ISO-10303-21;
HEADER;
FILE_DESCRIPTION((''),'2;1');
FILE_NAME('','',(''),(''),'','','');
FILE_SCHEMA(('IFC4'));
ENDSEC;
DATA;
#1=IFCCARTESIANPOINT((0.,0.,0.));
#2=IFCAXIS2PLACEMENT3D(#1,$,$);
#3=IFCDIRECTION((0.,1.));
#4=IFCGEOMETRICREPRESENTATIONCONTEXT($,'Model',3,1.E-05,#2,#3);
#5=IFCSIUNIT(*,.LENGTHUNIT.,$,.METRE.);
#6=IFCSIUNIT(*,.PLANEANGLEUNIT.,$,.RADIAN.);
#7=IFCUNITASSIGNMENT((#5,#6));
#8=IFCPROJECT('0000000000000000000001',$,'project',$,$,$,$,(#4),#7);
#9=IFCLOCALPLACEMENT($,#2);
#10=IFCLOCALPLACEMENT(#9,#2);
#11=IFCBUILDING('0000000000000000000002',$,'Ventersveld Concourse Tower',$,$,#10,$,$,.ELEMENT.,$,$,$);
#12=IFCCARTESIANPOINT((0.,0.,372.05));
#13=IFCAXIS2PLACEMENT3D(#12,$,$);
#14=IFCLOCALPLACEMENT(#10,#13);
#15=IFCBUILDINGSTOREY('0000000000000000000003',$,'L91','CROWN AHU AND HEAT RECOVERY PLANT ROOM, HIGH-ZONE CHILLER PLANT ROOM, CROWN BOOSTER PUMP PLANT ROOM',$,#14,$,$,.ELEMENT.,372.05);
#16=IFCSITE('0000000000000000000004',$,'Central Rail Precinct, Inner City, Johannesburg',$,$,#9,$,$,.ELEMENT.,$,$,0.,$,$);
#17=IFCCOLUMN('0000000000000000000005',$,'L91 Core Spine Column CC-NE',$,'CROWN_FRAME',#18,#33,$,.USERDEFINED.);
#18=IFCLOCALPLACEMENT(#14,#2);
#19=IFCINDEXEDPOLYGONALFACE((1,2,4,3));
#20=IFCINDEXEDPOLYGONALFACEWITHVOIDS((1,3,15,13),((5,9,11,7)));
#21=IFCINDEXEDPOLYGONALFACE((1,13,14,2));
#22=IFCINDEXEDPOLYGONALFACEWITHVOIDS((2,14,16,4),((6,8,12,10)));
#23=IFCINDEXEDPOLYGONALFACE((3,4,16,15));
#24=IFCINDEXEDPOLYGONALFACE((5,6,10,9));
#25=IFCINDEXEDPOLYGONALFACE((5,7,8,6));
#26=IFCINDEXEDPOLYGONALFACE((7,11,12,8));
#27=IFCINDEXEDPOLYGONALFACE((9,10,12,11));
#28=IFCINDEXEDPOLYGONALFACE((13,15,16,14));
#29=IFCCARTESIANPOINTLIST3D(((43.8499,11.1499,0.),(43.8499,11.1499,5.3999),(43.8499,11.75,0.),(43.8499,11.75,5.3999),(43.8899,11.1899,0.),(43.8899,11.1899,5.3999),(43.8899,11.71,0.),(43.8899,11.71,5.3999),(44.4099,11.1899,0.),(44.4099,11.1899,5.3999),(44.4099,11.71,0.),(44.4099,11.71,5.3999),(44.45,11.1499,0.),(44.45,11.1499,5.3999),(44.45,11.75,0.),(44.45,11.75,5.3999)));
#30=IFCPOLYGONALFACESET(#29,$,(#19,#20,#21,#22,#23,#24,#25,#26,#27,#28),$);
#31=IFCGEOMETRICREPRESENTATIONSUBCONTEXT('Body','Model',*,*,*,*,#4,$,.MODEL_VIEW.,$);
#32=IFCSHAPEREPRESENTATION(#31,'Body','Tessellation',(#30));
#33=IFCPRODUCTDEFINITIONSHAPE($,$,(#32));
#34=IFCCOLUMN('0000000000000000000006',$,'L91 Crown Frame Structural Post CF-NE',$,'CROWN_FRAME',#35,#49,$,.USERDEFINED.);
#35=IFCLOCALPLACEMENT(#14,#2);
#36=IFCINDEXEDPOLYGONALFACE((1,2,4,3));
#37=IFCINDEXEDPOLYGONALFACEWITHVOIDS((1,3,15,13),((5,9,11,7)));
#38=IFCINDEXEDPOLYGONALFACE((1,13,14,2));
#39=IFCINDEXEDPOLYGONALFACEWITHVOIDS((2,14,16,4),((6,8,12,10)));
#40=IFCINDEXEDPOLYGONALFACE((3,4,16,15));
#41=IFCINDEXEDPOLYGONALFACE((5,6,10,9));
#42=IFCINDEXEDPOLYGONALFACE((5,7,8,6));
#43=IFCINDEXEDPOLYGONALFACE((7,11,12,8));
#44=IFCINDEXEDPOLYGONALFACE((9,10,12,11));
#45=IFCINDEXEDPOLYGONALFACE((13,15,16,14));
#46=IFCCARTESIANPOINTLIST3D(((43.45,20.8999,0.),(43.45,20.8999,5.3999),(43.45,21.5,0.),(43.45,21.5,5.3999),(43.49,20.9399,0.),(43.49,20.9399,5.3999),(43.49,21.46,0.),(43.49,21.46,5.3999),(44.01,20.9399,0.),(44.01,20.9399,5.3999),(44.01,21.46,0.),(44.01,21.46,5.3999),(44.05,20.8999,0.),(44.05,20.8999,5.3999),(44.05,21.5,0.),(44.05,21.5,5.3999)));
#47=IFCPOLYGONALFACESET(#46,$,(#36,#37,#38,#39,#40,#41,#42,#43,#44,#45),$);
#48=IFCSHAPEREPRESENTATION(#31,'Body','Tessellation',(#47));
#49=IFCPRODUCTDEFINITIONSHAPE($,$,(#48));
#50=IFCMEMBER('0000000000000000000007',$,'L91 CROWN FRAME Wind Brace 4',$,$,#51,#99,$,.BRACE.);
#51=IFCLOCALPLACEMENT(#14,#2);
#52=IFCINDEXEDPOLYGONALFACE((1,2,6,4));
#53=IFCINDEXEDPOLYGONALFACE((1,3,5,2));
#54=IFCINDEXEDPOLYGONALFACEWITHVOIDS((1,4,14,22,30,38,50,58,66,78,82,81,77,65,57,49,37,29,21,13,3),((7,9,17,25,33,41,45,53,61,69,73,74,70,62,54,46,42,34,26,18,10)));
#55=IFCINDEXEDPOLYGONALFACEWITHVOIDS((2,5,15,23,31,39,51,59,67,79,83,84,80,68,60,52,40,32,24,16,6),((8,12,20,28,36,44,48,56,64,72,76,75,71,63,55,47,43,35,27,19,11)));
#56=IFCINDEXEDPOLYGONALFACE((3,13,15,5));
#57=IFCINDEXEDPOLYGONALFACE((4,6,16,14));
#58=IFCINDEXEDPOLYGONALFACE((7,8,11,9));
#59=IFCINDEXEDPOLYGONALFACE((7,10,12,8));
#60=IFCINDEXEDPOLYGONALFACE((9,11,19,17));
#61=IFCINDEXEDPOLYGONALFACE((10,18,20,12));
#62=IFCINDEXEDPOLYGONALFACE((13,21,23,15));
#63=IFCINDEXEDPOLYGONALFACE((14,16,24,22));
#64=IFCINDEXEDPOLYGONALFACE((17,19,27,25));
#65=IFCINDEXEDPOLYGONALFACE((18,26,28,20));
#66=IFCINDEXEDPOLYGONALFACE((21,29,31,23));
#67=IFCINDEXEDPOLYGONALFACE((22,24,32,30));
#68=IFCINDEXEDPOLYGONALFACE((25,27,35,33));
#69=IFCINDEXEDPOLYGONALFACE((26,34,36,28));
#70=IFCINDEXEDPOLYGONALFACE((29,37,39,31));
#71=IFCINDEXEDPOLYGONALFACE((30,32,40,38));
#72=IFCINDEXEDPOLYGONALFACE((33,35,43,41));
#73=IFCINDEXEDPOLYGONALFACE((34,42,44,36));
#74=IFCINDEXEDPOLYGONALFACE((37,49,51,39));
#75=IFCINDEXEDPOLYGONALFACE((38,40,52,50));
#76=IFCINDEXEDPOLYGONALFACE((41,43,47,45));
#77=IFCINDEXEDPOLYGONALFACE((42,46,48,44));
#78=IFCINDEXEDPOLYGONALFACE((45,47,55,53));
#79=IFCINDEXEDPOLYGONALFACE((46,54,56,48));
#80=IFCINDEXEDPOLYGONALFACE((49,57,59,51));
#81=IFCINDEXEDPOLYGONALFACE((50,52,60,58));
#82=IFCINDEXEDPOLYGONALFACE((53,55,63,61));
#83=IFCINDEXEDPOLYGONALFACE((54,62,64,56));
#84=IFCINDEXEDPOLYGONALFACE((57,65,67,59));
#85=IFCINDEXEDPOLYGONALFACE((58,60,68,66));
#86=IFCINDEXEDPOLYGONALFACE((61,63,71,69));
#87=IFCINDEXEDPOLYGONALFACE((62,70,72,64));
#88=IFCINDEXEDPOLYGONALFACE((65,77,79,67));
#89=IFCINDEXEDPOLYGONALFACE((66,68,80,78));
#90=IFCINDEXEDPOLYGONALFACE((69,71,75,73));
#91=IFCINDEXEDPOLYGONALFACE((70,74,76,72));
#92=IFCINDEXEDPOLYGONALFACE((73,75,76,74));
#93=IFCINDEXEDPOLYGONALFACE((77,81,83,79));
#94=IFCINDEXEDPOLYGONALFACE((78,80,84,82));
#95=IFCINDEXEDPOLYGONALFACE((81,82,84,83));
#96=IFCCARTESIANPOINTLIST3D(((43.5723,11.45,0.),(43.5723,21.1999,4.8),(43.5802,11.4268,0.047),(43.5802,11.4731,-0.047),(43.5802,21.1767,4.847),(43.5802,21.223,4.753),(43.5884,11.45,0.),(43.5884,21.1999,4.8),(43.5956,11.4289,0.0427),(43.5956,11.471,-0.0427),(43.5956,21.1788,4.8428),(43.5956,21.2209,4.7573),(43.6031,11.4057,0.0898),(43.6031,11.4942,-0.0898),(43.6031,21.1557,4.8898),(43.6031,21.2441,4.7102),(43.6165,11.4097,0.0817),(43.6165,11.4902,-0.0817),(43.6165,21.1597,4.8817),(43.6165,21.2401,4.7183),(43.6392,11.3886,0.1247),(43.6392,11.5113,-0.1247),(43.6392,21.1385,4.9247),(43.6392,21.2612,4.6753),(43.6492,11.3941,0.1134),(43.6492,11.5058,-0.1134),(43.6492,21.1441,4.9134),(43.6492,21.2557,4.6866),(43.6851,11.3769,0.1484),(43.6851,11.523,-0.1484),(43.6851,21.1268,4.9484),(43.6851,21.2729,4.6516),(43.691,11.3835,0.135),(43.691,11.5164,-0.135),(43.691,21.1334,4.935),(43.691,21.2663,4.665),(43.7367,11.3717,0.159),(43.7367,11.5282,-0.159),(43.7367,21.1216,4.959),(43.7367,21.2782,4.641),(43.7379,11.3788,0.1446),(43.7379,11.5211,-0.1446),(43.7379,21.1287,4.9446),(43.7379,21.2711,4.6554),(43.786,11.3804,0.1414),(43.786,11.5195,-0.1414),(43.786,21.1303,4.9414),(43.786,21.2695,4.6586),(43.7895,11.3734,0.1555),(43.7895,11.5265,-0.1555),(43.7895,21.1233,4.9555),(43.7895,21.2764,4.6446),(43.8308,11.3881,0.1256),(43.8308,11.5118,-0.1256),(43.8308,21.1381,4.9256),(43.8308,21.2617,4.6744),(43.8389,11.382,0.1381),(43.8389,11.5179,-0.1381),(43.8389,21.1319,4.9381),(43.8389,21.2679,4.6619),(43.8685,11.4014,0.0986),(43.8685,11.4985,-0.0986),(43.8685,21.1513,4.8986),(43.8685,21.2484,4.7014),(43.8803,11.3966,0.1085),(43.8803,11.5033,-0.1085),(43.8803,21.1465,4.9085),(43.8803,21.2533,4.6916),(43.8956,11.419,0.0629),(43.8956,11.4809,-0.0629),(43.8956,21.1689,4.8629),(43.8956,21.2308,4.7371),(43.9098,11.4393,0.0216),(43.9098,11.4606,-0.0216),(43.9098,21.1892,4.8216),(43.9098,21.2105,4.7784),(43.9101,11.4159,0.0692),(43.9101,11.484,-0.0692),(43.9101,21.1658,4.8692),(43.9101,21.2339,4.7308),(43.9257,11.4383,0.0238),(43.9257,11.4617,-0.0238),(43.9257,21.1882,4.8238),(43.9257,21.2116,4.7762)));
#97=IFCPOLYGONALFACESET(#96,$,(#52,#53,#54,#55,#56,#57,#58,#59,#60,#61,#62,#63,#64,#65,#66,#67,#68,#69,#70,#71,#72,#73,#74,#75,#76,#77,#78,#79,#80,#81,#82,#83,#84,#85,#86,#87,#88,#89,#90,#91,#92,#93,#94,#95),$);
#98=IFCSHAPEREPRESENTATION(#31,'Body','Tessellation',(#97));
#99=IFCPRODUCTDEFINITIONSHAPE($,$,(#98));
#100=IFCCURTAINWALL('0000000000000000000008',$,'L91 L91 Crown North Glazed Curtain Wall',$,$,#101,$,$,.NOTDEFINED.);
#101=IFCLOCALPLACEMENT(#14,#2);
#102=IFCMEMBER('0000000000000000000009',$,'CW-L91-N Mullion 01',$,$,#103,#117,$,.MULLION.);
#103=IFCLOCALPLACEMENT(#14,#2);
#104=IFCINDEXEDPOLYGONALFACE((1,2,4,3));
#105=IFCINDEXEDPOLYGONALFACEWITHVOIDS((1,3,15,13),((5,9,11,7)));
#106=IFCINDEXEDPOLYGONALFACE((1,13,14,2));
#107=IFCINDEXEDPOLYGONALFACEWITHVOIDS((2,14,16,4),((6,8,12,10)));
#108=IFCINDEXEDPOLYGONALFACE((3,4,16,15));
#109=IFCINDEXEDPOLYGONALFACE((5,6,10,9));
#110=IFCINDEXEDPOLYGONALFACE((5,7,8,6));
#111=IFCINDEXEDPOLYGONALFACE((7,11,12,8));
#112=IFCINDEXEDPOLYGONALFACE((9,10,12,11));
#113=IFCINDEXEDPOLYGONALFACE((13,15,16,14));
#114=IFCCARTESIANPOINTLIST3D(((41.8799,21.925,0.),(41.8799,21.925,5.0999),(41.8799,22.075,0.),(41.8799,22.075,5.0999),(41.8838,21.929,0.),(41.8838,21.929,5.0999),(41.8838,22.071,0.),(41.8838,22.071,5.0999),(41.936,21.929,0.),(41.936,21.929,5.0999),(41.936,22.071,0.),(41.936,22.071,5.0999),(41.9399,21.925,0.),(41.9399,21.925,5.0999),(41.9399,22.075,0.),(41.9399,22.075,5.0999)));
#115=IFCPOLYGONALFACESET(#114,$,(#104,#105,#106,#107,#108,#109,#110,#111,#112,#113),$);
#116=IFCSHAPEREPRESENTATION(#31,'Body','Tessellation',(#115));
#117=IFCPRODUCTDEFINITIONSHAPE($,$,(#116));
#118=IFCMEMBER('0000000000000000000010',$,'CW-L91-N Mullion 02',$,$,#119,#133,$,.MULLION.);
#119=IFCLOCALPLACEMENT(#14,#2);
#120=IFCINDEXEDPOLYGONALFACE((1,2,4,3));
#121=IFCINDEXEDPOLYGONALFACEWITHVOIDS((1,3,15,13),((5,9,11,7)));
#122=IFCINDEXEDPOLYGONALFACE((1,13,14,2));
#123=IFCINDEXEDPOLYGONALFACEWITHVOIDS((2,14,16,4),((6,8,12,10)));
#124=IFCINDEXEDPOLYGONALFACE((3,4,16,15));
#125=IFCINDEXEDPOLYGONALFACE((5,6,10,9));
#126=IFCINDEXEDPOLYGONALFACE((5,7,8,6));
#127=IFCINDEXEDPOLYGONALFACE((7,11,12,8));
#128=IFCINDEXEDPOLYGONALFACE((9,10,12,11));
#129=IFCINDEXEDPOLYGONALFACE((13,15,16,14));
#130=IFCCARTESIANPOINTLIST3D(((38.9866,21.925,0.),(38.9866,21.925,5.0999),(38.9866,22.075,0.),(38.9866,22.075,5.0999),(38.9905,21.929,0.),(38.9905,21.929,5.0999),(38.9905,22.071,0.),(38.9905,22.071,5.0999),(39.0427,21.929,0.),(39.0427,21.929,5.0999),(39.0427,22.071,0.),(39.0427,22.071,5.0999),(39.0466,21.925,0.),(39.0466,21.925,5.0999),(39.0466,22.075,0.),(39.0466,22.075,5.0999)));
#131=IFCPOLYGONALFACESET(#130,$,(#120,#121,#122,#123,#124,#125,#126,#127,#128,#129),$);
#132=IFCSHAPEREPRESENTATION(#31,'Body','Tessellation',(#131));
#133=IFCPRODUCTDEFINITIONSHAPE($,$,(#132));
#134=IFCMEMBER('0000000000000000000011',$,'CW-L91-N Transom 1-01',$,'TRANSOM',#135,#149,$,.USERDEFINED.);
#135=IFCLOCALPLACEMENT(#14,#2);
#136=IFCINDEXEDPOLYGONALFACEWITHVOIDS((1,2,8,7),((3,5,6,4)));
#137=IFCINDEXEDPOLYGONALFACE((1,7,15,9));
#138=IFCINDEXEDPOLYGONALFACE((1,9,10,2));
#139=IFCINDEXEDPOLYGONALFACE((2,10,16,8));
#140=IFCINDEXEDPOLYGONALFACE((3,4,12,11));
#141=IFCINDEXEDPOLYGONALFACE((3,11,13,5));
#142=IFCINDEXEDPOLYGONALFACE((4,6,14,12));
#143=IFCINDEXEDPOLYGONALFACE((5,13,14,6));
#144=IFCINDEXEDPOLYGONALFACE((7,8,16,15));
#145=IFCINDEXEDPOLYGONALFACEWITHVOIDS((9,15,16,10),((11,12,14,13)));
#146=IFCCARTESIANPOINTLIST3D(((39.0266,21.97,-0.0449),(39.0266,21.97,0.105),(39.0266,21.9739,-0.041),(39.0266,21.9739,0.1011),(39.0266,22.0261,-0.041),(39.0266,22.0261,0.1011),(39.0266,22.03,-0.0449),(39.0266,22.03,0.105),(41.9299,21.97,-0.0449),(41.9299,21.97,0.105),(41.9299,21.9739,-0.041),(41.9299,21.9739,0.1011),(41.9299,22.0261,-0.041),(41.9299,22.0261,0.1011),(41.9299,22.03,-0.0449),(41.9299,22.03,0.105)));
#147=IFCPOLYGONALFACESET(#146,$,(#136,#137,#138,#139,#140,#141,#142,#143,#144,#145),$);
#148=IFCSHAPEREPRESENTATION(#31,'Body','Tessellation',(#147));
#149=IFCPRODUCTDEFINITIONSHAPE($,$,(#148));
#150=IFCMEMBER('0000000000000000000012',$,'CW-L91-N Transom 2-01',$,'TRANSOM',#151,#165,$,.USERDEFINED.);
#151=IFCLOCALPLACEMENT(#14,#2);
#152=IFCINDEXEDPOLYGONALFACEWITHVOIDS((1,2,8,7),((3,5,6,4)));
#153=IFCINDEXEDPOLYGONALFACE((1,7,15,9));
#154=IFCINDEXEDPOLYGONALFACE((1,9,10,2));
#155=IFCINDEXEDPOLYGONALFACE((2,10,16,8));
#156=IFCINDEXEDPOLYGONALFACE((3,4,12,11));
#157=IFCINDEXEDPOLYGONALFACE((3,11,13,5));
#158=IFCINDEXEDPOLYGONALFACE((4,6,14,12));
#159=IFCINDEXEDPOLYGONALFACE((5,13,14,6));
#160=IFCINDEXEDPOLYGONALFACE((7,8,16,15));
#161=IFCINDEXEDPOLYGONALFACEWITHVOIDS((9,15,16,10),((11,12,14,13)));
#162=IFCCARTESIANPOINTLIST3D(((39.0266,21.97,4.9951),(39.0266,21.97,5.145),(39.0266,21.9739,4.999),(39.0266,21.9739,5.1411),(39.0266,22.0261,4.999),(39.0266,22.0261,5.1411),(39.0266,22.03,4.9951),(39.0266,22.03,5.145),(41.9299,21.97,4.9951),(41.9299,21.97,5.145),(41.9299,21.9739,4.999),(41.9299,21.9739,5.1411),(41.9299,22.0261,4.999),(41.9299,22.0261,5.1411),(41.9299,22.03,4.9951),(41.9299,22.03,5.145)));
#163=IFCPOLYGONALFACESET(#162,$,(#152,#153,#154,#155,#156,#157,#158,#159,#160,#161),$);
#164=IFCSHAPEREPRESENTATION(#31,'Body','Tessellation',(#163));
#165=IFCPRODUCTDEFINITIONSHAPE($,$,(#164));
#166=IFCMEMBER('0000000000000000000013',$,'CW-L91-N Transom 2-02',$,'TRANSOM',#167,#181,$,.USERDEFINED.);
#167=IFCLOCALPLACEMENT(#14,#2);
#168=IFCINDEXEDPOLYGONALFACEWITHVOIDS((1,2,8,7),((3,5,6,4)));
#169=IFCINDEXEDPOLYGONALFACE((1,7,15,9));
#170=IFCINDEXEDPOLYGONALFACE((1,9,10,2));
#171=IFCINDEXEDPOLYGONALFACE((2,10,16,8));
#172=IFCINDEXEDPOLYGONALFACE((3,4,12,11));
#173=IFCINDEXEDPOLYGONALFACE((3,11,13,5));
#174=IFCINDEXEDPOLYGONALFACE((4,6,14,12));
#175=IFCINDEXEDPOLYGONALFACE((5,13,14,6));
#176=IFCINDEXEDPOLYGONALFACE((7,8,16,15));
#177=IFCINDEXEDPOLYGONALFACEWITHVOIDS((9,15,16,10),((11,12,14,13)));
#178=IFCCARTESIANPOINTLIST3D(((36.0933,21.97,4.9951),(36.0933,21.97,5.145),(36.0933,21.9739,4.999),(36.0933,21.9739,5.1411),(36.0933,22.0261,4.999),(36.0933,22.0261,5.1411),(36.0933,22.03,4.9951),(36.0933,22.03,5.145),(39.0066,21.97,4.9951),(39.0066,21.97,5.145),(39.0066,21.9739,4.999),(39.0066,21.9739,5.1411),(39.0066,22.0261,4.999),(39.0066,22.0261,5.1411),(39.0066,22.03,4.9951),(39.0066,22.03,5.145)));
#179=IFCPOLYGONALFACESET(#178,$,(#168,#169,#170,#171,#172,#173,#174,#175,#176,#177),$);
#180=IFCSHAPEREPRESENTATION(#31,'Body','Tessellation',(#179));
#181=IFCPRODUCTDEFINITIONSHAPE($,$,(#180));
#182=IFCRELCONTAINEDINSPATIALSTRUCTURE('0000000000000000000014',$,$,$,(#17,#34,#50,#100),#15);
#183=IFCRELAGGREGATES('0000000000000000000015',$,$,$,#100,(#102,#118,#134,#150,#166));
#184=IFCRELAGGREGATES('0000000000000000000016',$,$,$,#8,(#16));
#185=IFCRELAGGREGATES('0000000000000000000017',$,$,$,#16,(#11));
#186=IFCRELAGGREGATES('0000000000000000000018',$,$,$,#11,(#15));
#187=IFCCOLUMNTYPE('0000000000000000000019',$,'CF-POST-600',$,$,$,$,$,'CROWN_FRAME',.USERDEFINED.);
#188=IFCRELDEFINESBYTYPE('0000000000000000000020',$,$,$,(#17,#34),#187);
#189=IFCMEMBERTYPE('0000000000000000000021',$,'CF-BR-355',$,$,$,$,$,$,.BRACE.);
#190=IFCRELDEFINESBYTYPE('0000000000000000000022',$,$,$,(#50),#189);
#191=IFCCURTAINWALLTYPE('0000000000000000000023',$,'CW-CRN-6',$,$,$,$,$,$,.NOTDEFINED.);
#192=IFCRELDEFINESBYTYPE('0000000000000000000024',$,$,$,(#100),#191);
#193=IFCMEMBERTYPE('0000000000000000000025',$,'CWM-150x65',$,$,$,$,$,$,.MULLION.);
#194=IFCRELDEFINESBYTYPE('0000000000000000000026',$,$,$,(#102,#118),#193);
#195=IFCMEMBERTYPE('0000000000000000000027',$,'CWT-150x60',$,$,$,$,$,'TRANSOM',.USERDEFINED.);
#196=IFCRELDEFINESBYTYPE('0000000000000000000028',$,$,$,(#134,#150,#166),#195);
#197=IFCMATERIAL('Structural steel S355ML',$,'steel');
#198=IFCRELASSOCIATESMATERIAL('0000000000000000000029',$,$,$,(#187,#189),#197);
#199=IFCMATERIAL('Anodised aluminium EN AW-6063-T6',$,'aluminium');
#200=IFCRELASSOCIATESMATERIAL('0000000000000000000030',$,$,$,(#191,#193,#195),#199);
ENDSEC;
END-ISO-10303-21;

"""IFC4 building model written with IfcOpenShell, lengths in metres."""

from ifc_helpers import new_model, si_unit, direction, frame, origin, origin_2d, place, context, subcontext, project, spatial, hollow_rectangle, hollow_circle, extrude, material, material_profile, profile_set, type_object, element, aggregate, save


model = new_model("IFC4")

# Units and contexts
model_context = context("Model", 3, precision=1e-05, world=origin(), true_north=direction((0.0, 1.0)))
body_context = subcontext(model_context, "Body", "Model", "MODEL_VIEW")
ifc_project = project(units=[si_unit("LENGTHUNIT", "METRE"), si_unit("PLANEANGLEUNIT", "RADIAN")], contexts=[model_context])

# Site, building, storey
site_placement = place(None, origin())
site = spatial("IfcSite", under=ifc_project, at=site_placement, Name="Central Rail Precinct, Inner City, Johannesburg", CompositionType="ELEMENT", RefElevation=0.0)
building_placement = place(site_placement, origin())
building = spatial("IfcBuilding", under=site, at=building_placement, Name="Ventersveld Concourse Tower", CompositionType="ELEMENT")
storey_placement = place(building_placement, frame((0.0, 0.0, 372.05)))
storey = spatial("IfcBuildingStorey", under=building, at=storey_placement, Name="L91", Description="CROWN AHU AND HEAT RECOVERY PLANT ROOM, HIGH-ZONE CHILLER PLANT ROOM, CROWN BOOSTER PUMP PLANT ROOM", CompositionType="ELEMENT", Elevation=372.05)

# Columns
ifc_material_1 = material(Name="Structural steel S355ML", Category="steel")
ifc_material_profile_1 = material_profile(ifc_material_1, hollow_rectangle(XDim=0.6001, YDim=0.6001, WallThickness=0.04, at=origin_2d()), Name="BOX 600x600x40")
ifc_profile_set_1 = profile_set([ifc_material_profile_1], Name="Structural steel S355ML")
column_type = type_object("IfcColumnType", Name="CF-POST-600", ElementType="CROWN_FRAME", PredefinedType="USERDEFINED", material=ifc_profile_set_1)
for number, where, z_axis, x_axis, name in (
    (1, (44.1499, 11.45, 0.0), (0.0, 0.0, 1.0), (1.0, 0.0, 0.0), "L91 Core Spine Column CC-NE"),
    (2, (43.75, 21.2, 0.0), (0.0, 0.0, 1.0), (1.0, 0.0, 0.0), "L91 Crown Frame Structural Post CF-NE"),
):
    element("IfcColumn", number, at=place(storey_placement, frame(where, z_axis=z_axis, x_axis=x_axis)), inside=storey, type_object=column_type, Name=name, ObjectType="CROWN_FRAME", PredefinedType="USERDEFINED", context=body_context, shape_type="SweptSolid", body=[
        extrude(hollow_rectangle(XDim=0.6001, YDim=0.6001, WallThickness=0.04, at=origin_2d()), origin(), (0.0, 0.0, 1.0), 5.3999),
    ])

# Member
ifc_material_profile_2 = material_profile(ifc_material_1, hollow_circle(Radius=0.1777, WallThickness=0.0161, at=origin_2d()), Name="CHS 355.6x16")
ifc_profile_set_2 = profile_set([ifc_material_profile_2], Name="Structural steel S355ML")
member_type_1 = type_object("IfcMemberType", Name="CF-BR-355", PredefinedType="BRACE", material=ifc_profile_set_2)
member_1_placement = place(storey_placement, frame((43.75, 11.45, 0.0), z_axis=(0.0, 0.897169, 0.441688), x_axis=(-1.0, 0.0, 0.0)))
element("IfcMember", 3, at=member_1_placement, inside=storey, type_object=member_type_1, Name="L91 CROWN FRAME Wind Brace 4", PredefinedType="BRACE", context=body_context, shape_type="SweptSolid", body=[
    extrude(hollow_circle(Radius=0.1777, WallThickness=0.0161, at=origin_2d()), origin(), (0.0, 0.0, 1.0), 10.8674),
])

# Curtain wall, members
ifc_material_2 = material(Name="Anodised aluminium EN AW-6063-T6", Category="aluminium")
curtain_wall_type = type_object("IfcCurtainWallType", Name="CW-CRN-6", PredefinedType="NOTDEFINED", material=ifc_material_2)
curtain_wall_placement = place(storey_placement, origin())
curtain_wall = element("IfcCurtainWall", 4, at=curtain_wall_placement, inside=storey, type_object=curtain_wall_type, Name="L91 L91 Crown North Glazed Curtain Wall", PredefinedType="NOTDEFINED")
ifc_material_profile_3 = material_profile(ifc_material_2, hollow_rectangle(XDim=0.0601, YDim=0.1499, WallThickness=0.0039, at=origin_2d()), Name="ALU 150x60x4")
ifc_profile_set_3 = profile_set([ifc_material_profile_3], Name="Anodised aluminium EN AW-6063-T6")
member_type_2 = type_object("IfcMemberType", Name="CWM-150x65", PredefinedType="MULLION", material=ifc_profile_set_3)
member_2_placement = place(storey_placement, frame((41.9099, 22.0, 0.0), z_axis=(0.0, 0.0, 1.0), x_axis=(1.0, 0.0, 0.0)))
member_2 = element("IfcMember", 5, at=member_2_placement, type_object=member_type_2, Name="CW-L91-N Mullion 01", PredefinedType="MULLION", context=body_context, shape_type="SweptSolid", body=[
    extrude(hollow_rectangle(XDim=0.0601, YDim=0.1499, WallThickness=0.0039, at=origin_2d()), origin(), (0.0, 0.0, 1.0), 5.0999),
])
member_3_placement = place(storey_placement, frame((39.0166, 22.0, 0.0), z_axis=(0.0, 0.0, 1.0), x_axis=(1.0, 0.0, 0.0)))
member_3 = element("IfcMember", 6, at=member_3_placement, type_object=member_type_2, Name="CW-L91-N Mullion 02", PredefinedType="MULLION", context=body_context, shape_type="SweptSolid", body=[
    extrude(hollow_rectangle(XDim=0.0601, YDim=0.1499, WallThickness=0.0039, at=origin_2d()), origin(), (0.0, 0.0, 1.0), 5.0999),
])
ifc_material_profile_4 = material_profile(ifc_material_2, hollow_rectangle(XDim=0.0601, YDim=0.1499, WallThickness=0.0039, at=origin_2d()), Name="ALU 150x60x4")
ifc_profile_set_4 = profile_set([ifc_material_profile_4], Name="Anodised aluminium EN AW-6063-T6")
member_type_3 = type_object("IfcMemberType", Name="CWT-150x60", ElementType="TRANSOM", PredefinedType="USERDEFINED", material=ifc_profile_set_4)
member_4_placement = place(storey_placement, frame((41.9299, 22.0, 0.03), z_axis=(-1.0, 0.0, 0.0), x_axis=(0.0, -1.0, 0.0)))
member_4 = element("IfcMember", 7, at=member_4_placement, type_object=member_type_3, Name="CW-L91-N Transom 1-01", ObjectType="TRANSOM", PredefinedType="USERDEFINED", context=body_context, shape_type="SweptSolid", body=[
    extrude(hollow_rectangle(XDim=0.0601, YDim=0.1499, WallThickness=0.0039, at=origin_2d()), origin(), (0.0, 0.0, 1.0), 2.9033),
])
member_5_placement = place(storey_placement, frame((41.9299, 22.0, 5.0701), z_axis=(-1.0, 0.0, 0.0), x_axis=(0.0, -1.0, 0.0)))
member_5 = element("IfcMember", 8, at=member_5_placement, type_object=member_type_3, Name="CW-L91-N Transom 2-01", ObjectType="TRANSOM", PredefinedType="USERDEFINED", context=body_context, shape_type="SweptSolid", body=[
    extrude(hollow_rectangle(XDim=0.0601, YDim=0.1499, WallThickness=0.0039, at=origin_2d()), origin(), (0.0, 0.0, 1.0), 2.9033),
])
member_6_placement = place(storey_placement, frame((39.0066, 22.0, 5.0701), z_axis=(-1.0, 0.0, 0.0), x_axis=(0.0, -1.0, 0.0)))
member_6 = element("IfcMember", 9, at=member_6_placement, type_object=member_type_3, Name="CW-L91-N Transom 2-02", ObjectType="TRANSOM", PredefinedType="USERDEFINED", context=body_context, shape_type="SweptSolid", body=[
    extrude(hollow_rectangle(XDim=0.0601, YDim=0.1499, WallThickness=0.0039, at=origin_2d()), origin(), (0.0, 0.0, 1.0), 2.9133),
])

aggregate(curtain_wall, [member_2, member_3, member_4, member_5, member_6])

save(model, "model.ifc")
